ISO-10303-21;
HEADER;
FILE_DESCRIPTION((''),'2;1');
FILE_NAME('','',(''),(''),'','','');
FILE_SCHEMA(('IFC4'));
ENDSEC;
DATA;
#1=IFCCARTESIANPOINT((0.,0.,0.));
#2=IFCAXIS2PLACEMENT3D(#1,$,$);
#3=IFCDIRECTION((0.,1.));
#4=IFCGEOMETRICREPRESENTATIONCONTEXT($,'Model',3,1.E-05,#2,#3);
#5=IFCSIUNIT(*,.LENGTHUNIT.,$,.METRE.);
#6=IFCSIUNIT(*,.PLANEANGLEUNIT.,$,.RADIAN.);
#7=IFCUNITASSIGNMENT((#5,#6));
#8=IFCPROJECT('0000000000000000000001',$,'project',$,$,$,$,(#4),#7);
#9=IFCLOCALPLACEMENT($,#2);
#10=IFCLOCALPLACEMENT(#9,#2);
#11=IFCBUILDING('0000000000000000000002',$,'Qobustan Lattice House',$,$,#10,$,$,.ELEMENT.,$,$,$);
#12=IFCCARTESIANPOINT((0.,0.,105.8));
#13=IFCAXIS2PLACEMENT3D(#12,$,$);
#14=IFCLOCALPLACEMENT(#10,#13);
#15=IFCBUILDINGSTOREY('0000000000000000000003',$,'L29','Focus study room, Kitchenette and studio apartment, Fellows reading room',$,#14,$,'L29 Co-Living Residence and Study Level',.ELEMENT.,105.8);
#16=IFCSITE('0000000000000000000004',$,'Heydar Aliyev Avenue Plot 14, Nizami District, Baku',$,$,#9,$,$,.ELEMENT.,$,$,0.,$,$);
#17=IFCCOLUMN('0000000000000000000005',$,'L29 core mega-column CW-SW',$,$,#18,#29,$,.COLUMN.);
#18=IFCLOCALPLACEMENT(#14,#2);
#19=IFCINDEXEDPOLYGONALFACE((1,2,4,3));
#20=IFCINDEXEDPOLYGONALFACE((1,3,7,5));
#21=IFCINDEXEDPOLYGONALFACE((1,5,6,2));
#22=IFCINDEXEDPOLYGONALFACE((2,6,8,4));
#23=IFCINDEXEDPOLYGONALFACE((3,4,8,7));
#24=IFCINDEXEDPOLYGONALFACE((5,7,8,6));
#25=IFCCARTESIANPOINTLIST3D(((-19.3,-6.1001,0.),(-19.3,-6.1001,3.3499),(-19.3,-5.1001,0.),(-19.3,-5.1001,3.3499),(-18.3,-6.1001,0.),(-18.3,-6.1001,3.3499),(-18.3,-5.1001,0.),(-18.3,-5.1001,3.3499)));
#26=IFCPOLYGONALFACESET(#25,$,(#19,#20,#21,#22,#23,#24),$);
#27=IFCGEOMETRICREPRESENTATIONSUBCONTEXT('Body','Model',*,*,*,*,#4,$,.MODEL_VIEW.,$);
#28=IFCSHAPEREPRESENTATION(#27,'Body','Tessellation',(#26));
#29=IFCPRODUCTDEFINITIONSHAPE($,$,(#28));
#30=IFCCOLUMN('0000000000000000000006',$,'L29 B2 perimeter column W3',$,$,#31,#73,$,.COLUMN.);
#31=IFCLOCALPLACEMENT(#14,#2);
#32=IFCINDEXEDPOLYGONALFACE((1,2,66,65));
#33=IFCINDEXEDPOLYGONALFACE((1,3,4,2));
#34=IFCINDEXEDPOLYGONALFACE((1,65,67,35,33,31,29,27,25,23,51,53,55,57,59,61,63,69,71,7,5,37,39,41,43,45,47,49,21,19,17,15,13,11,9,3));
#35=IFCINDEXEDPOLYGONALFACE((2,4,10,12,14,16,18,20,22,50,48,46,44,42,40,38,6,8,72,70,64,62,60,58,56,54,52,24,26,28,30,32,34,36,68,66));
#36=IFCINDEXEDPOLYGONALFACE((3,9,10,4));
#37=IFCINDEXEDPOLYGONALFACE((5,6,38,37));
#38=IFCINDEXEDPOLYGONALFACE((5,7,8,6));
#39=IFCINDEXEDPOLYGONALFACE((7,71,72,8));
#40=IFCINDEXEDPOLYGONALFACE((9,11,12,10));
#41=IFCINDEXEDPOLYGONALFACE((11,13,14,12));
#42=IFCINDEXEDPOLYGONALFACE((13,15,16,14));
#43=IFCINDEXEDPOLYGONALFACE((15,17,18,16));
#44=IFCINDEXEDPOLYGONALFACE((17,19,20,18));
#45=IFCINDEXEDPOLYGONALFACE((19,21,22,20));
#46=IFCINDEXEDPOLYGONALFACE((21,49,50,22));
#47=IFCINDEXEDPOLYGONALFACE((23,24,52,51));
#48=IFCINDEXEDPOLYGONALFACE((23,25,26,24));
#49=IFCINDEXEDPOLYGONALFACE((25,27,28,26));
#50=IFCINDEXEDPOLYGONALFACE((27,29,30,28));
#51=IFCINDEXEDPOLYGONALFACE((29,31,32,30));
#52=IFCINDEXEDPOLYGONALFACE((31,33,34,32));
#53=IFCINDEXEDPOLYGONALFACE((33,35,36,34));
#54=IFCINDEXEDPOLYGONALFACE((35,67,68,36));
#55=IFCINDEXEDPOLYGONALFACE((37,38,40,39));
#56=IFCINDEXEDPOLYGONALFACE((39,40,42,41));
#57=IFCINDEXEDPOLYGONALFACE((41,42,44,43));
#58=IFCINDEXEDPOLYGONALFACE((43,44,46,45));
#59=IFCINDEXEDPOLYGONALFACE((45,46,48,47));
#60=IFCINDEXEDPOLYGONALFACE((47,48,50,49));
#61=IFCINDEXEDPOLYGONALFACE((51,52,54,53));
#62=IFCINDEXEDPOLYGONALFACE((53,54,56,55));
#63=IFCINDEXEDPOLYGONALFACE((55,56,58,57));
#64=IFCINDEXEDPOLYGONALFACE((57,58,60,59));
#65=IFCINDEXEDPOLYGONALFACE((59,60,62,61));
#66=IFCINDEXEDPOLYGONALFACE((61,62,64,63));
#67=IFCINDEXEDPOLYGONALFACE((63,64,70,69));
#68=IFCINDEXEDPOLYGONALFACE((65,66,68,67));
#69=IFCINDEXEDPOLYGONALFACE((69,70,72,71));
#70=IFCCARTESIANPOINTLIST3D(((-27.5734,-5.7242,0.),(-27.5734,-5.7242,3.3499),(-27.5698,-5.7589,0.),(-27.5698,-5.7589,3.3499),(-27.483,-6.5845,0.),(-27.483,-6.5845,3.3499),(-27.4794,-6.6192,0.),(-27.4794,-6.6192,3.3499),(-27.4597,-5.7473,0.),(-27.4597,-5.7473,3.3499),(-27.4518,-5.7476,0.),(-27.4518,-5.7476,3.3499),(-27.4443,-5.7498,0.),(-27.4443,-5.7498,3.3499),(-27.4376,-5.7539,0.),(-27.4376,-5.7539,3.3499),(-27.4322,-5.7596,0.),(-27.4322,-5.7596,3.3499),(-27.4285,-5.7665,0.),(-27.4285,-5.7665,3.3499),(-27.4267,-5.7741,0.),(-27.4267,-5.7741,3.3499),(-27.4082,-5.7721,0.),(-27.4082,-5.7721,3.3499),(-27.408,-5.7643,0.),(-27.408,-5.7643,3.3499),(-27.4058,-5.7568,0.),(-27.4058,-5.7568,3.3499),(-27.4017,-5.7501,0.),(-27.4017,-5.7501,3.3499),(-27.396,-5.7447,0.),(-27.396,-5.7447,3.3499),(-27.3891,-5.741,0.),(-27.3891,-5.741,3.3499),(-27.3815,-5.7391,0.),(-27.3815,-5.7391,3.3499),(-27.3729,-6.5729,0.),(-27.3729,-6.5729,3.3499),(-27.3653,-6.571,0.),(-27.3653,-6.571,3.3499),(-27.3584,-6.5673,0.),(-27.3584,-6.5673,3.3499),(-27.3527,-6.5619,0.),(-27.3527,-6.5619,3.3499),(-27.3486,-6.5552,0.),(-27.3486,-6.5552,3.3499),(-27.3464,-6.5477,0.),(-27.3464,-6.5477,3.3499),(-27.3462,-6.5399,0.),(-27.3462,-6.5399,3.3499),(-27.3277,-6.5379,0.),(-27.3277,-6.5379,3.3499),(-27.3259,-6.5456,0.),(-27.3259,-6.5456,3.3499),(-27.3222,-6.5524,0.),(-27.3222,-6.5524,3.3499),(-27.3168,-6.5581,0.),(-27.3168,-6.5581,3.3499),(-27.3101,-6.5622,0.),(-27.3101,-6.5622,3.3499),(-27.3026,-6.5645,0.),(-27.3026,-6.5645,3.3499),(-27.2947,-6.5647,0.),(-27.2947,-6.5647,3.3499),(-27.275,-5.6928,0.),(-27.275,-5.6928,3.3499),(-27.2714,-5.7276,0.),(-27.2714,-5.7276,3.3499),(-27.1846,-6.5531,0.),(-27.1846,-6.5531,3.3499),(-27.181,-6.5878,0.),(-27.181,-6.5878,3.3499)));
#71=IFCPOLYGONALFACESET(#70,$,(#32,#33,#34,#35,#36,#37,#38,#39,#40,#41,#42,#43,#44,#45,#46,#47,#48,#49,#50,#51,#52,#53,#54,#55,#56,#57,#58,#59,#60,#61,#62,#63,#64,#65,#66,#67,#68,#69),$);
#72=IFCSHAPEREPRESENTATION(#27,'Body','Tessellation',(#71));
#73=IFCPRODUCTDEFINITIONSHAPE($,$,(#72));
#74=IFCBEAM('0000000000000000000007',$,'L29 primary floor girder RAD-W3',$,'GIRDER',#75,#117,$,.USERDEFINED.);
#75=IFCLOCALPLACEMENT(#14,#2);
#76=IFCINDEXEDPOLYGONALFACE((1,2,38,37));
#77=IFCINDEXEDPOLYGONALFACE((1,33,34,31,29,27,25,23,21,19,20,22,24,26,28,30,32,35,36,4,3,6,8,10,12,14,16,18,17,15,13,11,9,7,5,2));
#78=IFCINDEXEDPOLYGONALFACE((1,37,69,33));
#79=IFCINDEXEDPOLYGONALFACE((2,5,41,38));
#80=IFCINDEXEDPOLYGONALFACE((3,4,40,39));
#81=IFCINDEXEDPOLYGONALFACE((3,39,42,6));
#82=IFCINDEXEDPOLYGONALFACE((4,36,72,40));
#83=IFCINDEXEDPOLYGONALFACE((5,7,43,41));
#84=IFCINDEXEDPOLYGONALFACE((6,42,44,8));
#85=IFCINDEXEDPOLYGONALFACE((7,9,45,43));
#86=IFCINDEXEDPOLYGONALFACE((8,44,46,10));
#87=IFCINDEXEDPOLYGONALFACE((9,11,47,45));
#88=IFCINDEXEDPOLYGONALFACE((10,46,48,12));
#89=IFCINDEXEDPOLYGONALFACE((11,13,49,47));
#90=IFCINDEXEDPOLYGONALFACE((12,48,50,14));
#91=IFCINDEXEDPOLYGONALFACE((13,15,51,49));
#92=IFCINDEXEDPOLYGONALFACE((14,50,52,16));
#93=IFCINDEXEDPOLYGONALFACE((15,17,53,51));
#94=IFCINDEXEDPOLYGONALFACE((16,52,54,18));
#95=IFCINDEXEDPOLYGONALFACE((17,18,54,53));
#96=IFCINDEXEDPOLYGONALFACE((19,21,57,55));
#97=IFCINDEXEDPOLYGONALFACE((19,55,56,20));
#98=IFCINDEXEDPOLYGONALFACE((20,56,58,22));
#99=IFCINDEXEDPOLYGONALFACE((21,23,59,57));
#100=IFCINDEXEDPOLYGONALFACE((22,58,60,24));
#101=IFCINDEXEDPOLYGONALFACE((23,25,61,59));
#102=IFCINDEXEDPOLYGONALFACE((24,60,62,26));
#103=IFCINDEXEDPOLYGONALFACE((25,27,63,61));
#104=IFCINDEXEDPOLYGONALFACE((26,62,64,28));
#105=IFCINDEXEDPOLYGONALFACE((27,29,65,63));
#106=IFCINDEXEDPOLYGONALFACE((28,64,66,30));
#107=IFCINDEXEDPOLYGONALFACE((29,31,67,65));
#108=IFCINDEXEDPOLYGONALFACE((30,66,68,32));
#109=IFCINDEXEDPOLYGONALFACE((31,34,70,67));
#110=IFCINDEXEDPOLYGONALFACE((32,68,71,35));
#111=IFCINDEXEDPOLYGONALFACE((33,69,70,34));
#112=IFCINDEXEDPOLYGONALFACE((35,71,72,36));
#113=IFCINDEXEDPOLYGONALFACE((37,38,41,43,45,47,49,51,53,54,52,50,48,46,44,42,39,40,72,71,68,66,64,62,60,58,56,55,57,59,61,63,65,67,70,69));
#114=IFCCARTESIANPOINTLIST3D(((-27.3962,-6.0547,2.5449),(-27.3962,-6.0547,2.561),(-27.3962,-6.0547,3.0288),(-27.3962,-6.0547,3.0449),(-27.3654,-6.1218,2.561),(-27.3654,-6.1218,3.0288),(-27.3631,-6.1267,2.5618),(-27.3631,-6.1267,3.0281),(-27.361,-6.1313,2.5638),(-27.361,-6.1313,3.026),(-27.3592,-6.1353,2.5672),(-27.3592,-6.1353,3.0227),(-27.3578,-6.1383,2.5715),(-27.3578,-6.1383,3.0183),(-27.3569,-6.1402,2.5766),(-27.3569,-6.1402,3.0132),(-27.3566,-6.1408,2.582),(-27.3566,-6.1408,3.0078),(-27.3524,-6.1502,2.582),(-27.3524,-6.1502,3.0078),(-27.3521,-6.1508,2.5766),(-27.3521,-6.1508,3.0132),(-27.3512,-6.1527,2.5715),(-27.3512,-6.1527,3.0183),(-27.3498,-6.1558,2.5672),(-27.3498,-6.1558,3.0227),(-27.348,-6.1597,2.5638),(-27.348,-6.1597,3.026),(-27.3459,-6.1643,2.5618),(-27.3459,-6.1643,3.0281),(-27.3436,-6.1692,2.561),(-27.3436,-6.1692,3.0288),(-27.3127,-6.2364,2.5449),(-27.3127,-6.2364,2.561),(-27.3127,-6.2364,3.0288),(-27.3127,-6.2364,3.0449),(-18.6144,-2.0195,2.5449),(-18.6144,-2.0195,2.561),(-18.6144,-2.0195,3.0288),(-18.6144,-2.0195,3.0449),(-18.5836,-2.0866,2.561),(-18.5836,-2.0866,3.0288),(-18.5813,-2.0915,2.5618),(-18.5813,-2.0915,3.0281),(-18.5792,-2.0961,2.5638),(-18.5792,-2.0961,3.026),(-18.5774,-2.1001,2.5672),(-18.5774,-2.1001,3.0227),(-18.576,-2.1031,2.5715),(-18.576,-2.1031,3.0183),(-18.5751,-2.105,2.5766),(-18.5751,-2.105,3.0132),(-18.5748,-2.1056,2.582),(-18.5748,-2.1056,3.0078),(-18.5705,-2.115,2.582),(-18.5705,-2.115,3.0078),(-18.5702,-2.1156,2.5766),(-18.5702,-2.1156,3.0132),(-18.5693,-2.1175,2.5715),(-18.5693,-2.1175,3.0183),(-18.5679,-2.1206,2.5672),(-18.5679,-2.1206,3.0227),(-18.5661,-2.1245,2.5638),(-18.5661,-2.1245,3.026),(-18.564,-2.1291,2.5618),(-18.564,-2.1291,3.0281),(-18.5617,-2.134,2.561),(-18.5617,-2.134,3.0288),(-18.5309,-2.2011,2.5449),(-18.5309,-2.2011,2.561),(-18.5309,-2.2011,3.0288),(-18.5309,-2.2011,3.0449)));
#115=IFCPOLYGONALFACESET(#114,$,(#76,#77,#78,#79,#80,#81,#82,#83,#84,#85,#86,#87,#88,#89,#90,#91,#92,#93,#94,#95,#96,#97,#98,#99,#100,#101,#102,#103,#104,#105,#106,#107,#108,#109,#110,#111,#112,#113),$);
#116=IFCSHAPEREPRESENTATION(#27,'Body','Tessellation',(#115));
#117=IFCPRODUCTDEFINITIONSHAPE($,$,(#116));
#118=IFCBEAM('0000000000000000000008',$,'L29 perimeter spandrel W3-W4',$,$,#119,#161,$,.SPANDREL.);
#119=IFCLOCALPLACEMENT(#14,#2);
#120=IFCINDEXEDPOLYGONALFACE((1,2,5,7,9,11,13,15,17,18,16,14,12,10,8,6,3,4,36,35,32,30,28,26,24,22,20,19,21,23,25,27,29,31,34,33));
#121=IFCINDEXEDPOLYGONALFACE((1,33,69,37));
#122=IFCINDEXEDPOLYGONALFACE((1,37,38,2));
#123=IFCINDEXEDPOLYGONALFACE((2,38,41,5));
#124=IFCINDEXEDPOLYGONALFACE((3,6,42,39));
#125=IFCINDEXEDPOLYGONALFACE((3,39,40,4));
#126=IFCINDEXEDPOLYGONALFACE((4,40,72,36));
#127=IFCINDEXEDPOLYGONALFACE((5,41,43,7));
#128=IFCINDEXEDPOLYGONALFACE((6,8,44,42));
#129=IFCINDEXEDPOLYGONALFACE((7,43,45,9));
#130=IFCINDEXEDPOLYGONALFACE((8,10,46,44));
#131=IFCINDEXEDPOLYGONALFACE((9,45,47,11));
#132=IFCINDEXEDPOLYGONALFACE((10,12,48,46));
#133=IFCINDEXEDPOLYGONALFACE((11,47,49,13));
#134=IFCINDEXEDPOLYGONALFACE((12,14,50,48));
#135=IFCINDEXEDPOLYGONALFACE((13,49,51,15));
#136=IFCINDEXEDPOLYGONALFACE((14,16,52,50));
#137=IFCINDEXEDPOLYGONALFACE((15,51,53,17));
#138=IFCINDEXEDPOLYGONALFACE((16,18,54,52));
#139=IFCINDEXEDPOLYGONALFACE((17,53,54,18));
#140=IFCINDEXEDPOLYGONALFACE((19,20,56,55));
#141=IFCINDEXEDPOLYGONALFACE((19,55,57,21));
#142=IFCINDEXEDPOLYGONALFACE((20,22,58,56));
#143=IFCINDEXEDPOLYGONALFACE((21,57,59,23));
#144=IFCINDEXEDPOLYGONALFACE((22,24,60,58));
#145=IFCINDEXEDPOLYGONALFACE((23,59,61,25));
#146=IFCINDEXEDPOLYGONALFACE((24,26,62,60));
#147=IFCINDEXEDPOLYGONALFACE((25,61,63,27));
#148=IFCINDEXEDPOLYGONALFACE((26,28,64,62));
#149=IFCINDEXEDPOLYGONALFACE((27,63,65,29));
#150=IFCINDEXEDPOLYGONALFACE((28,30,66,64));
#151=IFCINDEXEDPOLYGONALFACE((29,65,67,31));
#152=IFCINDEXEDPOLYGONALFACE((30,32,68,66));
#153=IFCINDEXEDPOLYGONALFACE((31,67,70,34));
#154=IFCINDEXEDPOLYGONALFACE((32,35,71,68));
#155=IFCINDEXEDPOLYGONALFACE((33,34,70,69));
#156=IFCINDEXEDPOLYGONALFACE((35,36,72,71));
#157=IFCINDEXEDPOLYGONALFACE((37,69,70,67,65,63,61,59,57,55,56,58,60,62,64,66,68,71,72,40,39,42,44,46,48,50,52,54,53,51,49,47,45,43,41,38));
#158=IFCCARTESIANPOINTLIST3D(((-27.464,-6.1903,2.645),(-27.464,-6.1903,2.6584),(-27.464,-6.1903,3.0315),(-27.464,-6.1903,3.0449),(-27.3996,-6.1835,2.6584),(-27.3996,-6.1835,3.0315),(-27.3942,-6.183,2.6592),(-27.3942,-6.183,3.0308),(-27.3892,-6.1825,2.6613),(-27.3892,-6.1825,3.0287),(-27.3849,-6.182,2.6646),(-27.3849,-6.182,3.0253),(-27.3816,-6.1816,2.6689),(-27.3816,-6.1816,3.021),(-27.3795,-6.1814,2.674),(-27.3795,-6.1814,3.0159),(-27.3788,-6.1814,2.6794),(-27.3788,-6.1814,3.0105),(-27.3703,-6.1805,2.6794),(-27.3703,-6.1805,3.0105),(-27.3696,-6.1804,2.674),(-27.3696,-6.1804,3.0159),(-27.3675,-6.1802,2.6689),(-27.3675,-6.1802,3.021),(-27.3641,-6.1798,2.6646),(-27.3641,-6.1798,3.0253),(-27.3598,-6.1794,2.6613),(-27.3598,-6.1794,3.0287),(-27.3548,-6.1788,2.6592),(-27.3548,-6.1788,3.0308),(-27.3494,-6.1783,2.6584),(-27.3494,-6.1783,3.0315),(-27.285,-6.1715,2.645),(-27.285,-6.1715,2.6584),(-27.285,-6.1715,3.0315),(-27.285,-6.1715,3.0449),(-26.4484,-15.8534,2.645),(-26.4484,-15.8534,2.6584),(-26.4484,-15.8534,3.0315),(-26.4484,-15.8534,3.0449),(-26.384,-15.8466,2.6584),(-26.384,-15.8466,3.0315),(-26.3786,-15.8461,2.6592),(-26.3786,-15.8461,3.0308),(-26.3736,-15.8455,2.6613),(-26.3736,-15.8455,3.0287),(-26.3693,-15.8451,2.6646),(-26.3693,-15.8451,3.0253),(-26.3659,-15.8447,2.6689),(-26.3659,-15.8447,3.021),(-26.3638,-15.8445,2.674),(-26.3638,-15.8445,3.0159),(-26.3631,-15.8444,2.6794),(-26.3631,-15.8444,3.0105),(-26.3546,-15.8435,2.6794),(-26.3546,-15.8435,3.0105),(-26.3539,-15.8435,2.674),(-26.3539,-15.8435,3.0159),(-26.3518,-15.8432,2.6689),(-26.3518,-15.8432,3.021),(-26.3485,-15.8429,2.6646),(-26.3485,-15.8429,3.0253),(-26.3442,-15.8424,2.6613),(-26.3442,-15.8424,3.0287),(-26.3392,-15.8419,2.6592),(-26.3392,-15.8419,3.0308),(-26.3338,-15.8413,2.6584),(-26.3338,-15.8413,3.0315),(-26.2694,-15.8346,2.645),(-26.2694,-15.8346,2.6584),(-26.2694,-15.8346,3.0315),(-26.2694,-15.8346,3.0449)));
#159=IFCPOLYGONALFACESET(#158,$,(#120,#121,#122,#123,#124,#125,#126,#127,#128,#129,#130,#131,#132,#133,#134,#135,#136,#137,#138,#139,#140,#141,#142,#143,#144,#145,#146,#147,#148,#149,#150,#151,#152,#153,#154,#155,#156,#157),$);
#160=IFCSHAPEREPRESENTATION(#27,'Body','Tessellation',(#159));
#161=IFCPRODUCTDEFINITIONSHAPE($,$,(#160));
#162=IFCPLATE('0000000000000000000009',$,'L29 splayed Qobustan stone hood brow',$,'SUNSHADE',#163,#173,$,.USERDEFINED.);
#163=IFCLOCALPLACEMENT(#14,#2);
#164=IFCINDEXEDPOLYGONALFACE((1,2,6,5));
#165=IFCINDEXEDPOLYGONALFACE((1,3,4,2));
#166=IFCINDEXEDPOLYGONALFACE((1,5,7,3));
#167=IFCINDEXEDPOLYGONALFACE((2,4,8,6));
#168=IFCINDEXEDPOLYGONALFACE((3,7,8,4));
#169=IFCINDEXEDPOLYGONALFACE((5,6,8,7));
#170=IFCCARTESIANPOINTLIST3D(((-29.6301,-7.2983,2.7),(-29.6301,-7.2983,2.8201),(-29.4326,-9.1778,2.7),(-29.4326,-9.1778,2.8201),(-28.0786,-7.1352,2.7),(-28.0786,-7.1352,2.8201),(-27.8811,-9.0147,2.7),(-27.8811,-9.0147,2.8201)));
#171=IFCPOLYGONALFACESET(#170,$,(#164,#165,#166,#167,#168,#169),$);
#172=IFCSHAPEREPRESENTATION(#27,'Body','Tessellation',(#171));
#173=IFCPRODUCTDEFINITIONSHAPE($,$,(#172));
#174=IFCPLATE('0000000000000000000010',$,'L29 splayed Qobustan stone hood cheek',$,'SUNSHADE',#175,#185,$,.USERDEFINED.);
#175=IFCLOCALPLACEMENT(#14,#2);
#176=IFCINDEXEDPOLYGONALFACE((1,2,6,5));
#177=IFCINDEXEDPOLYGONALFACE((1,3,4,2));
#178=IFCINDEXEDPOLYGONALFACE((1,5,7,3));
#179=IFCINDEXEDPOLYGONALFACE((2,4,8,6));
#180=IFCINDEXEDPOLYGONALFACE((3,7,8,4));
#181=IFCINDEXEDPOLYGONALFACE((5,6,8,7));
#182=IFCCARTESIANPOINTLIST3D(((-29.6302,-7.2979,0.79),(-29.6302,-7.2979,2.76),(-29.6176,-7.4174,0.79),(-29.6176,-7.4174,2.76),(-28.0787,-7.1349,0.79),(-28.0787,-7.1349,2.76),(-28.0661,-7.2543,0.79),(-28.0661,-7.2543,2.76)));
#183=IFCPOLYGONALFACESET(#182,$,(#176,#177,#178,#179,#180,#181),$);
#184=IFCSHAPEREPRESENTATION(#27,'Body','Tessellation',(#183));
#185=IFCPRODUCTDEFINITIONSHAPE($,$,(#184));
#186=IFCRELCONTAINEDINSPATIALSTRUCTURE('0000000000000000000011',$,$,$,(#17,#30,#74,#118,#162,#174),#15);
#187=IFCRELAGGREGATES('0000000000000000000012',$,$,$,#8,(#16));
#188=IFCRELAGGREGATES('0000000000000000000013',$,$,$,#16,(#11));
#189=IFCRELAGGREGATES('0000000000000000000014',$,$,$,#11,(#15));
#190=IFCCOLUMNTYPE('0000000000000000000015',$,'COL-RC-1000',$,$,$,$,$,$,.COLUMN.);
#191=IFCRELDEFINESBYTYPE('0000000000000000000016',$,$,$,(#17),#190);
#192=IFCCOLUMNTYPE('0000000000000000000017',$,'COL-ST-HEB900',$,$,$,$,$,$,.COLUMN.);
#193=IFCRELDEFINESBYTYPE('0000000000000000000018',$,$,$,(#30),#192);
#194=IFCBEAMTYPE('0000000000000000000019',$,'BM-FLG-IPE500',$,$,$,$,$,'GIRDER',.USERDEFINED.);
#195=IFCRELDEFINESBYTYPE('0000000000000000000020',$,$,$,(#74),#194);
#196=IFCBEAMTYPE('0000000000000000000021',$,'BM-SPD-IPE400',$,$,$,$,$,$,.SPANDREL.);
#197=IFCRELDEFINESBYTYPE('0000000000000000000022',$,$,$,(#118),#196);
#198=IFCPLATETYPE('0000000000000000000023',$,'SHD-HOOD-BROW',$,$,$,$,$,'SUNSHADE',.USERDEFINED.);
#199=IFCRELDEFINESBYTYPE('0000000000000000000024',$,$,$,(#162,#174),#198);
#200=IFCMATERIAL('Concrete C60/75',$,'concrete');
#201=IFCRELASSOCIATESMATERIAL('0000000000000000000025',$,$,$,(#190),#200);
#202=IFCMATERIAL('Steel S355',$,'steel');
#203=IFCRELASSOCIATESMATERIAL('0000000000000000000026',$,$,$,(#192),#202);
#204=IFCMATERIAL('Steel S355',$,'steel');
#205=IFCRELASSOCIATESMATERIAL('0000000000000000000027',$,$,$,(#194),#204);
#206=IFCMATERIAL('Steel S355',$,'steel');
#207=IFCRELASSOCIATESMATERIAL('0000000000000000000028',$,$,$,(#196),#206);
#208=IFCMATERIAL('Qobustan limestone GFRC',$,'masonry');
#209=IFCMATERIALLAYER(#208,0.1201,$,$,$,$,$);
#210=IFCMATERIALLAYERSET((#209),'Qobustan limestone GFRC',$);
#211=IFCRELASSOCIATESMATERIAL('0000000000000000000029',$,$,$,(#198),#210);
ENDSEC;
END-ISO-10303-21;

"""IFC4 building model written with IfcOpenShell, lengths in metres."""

from ifc_helpers import new_model, si_unit, direction, frame, origin, origin_2d, place, context, subcontext, project, spatial, rectangle, i_section, extrude, material, layer, layer_set, material_profile, profile_set, type_object, element, save


model = new_model("IFC4")

# Units and contexts
model_context = context("Model", 3, precision=1e-05, world=origin(), true_north=direction((0.0, 1.0)))
body_context = subcontext(model_context, "Body", "Model", "MODEL_VIEW")
ifc_project = project(units=[si_unit("LENGTHUNIT", "METRE"), si_unit("PLANEANGLEUNIT", "RADIAN")], contexts=[model_context])

# Site, building, storey
site_placement = place(None, origin())
site = spatial("IfcSite", under=ifc_project, at=site_placement, Name="Heydar Aliyev Avenue Plot 14, Nizami District, Baku", CompositionType="ELEMENT", RefElevation=0.0)
building_placement = place(site_placement, origin())
building = spatial("IfcBuilding", under=site, at=building_placement, Name="Qobustan Lattice House", CompositionType="ELEMENT")
storey_placement = place(building_placement, frame((0.0, 0.0, 105.8)))
storey = spatial("IfcBuildingStorey", under=building, at=storey_placement, Name="L29", Description="Focus study room, Kitchenette and studio apartment, Fellows reading room", LongName="L29 Co-Living Residence and Study Level", CompositionType="ELEMENT", Elevation=105.8)

# Columns
ifc_material_1 = material(Name="Concrete C60/75", Category="concrete")
ifc_material_profile_1 = material_profile(ifc_material_1, rectangle(XDim=1.0, YDim=1.0, at=origin_2d()), Name="RC1000x1000")
ifc_profile_set_1 = profile_set([ifc_material_profile_1], Name="Concrete C60/75")
column_type_1 = type_object("IfcColumnType", Name="COL-RC-1000", PredefinedType="COLUMN", material=ifc_profile_set_1)
column_1_placement = place(storey_placement, frame((-18.8, -5.6001, 0.0), z_axis=(0.0, 0.0, 1.0), x_axis=(1.0, 0.0, 0.0)))
element("IfcColumn", 1, at=column_1_placement, inside=storey, type_object=column_type_1, Name="L29 core mega-column CW-SW", PredefinedType="COLUMN", context=body_context, shape_type="SweptSolid", body=[
    extrude(rectangle(XDim=1.0, YDim=1.0, at=origin_2d()), origin(), (0.0, 0.0, 1.0), 3.3499),
])
ifc_material_2 = material(Name="Steel S355", Category="steel")
ifc_material_profile_2 = material_profile(ifc_material_2, i_section(OverallWidth=0.3, OverallDepth=0.8999, WebThickness=0.0186, FlangeThickness=0.0349, FilletRadius=0.03, at=origin_2d()), Name="HEB900")
ifc_profile_set_2 = profile_set([ifc_material_profile_2], Name="Steel S355")
column_type_2 = type_object("IfcColumnType", Name="COL-ST-HEB900", PredefinedType="COLUMN", material=ifc_profile_set_2)
column_2_placement = place(storey_placement, frame((-27.3772, -6.156, 0.0), z_axis=(0.0, 0.0, 1.0), x_axis=(0.994522, 0.104528, 0.0)))
element("IfcColumn", 2, at=column_2_placement, inside=storey, type_object=column_type_2, Name="L29 B2 perimeter column W3", PredefinedType="COLUMN", context=body_context, shape_type="SweptSolid", body=[
    extrude(i_section(OverallWidth=0.3, OverallDepth=0.8999, WebThickness=0.0186, FlangeThickness=0.0349, FilletRadius=0.03, at=origin_2d()), origin(), (0.0, 0.0, 1.0), 3.3499),
])

# Beams
ifc_material_3 = material(Name="Steel S355", Category="steel")
ifc_material_profile_3 = material_profile(ifc_material_3, i_section(OverallWidth=0.2, OverallDepth=0.5, WebThickness=0.0103, FlangeThickness=0.0161, FilletRadius=0.021, at=origin_2d()), Name="IPE500")
ifc_profile_set_3 = profile_set([ifc_material_profile_3], Name="Steel S355")
beam_type_1 = type_object("IfcBeamType", Name="BM-FLG-IPE500", ElementType="GIRDER", PredefinedType="USERDEFINED", material=ifc_profile_set_3)
beam_1_placement = place(storey_placement, frame((-27.3545, -6.1455, 2.7949), z_axis=(0.908665, 0.417526, 0.0), x_axis=(-0.417526, 0.908665, 0.0)))
element("IfcBeam", 3, at=beam_1_placement, inside=storey, type_object=beam_type_1, Name="L29 primary floor girder RAD-W3", ObjectType="GIRDER", PredefinedType="USERDEFINED", context=body_context, shape_type="SweptSolid", body=[
    extrude(i_section(OverallWidth=0.2, OverallDepth=0.5, WebThickness=0.0103, FlangeThickness=0.0161, FilletRadius=0.021, at=origin_2d()), origin(), (0.0, 0.0, 1.0), 9.6646),
])
ifc_material_4 = material(Name="Steel S355", Category="steel")
ifc_material_profile_4 = material_profile(ifc_material_4, i_section(OverallWidth=0.1799, OverallDepth=0.3999, WebThickness=0.0085, FlangeThickness=0.0134, FilletRadius=0.021, at=origin_2d()), Name="IPE400")
ifc_profile_set_4 = profile_set([ifc_material_profile_4], Name="Steel S355")
beam_type_2 = type_object("IfcBeamType", Name="BM-SPD-IPE400", PredefinedType="SPANDREL", material=ifc_profile_set_4)
beam_2_placement = place(storey_placement, frame((-27.3745, -6.1809, 2.845), z_axis=(0.104528, -0.994522, 0.0), x_axis=(0.994522, 0.104528, 0.0)))
element("IfcBeam", 4, at=beam_2_placement, inside=storey, type_object=beam_type_2, Name="L29 perimeter spandrel W3-W4", PredefinedType="SPANDREL", context=body_context, shape_type="SweptSolid", body=[
    extrude(i_section(OverallWidth=0.1799, OverallDepth=0.3999, WebThickness=0.0085, FlangeThickness=0.0134, FilletRadius=0.021, at=origin_2d()), origin(), (0.0, 0.0, 1.0), 9.7163),
])

# Plates
ifc_material_5 = material(Name="Qobustan limestone GFRC", Category="masonry")
ifc_layer_1 = layer(ifc_material_5, 0.1201)
ifc_layer_set_1 = layer_set([ifc_layer_1], Name="Qobustan limestone GFRC")
plate_type = type_object("IfcPlateType", Name="SHD-HOOD-BROW", ElementType="SUNSHADE", PredefinedType="USERDEFINED", material=ifc_layer_set_1)
plate_1_placement = place(storey_placement, frame((-28.7556, -8.1565, 2.7), z_axis=(0.0, 0.0, 1.0), x_axis=(-0.104528, 0.994522, 0.0)))
element("IfcPlate", 5, at=plate_1_placement, inside=storey, type_object=plate_type, Name="L29 splayed Qobustan stone hood brow", ObjectType="SUNSHADE", PredefinedType="USERDEFINED", context=body_context, shape_type="SweptSolid", body=[
    extrude(rectangle(XDim=1.8899, YDim=1.5601, at=origin_2d()), origin(), (0.0, 0.0, 1.0), 0.1201),
])
plate_2_placement = place(storey_placement, frame((-28.8481, -7.2761, 0.79), z_axis=(0.0, 0.0, 1.0), x_axis=(-0.104528, 0.994522, 0.0)))
element("IfcPlate", 6, at=plate_2_placement, inside=storey, type_object=plate_type, Name="L29 splayed Qobustan stone hood cheek", ObjectType="SUNSHADE", PredefinedType="USERDEFINED", context=body_context, shape_type="SweptSolid", body=[
    extrude(rectangle(XDim=0.1201, YDim=1.5601, at=origin_2d()), origin(), (0.0, 0.0, 1.0), 1.97),
])

save(model, "model.ifc")
